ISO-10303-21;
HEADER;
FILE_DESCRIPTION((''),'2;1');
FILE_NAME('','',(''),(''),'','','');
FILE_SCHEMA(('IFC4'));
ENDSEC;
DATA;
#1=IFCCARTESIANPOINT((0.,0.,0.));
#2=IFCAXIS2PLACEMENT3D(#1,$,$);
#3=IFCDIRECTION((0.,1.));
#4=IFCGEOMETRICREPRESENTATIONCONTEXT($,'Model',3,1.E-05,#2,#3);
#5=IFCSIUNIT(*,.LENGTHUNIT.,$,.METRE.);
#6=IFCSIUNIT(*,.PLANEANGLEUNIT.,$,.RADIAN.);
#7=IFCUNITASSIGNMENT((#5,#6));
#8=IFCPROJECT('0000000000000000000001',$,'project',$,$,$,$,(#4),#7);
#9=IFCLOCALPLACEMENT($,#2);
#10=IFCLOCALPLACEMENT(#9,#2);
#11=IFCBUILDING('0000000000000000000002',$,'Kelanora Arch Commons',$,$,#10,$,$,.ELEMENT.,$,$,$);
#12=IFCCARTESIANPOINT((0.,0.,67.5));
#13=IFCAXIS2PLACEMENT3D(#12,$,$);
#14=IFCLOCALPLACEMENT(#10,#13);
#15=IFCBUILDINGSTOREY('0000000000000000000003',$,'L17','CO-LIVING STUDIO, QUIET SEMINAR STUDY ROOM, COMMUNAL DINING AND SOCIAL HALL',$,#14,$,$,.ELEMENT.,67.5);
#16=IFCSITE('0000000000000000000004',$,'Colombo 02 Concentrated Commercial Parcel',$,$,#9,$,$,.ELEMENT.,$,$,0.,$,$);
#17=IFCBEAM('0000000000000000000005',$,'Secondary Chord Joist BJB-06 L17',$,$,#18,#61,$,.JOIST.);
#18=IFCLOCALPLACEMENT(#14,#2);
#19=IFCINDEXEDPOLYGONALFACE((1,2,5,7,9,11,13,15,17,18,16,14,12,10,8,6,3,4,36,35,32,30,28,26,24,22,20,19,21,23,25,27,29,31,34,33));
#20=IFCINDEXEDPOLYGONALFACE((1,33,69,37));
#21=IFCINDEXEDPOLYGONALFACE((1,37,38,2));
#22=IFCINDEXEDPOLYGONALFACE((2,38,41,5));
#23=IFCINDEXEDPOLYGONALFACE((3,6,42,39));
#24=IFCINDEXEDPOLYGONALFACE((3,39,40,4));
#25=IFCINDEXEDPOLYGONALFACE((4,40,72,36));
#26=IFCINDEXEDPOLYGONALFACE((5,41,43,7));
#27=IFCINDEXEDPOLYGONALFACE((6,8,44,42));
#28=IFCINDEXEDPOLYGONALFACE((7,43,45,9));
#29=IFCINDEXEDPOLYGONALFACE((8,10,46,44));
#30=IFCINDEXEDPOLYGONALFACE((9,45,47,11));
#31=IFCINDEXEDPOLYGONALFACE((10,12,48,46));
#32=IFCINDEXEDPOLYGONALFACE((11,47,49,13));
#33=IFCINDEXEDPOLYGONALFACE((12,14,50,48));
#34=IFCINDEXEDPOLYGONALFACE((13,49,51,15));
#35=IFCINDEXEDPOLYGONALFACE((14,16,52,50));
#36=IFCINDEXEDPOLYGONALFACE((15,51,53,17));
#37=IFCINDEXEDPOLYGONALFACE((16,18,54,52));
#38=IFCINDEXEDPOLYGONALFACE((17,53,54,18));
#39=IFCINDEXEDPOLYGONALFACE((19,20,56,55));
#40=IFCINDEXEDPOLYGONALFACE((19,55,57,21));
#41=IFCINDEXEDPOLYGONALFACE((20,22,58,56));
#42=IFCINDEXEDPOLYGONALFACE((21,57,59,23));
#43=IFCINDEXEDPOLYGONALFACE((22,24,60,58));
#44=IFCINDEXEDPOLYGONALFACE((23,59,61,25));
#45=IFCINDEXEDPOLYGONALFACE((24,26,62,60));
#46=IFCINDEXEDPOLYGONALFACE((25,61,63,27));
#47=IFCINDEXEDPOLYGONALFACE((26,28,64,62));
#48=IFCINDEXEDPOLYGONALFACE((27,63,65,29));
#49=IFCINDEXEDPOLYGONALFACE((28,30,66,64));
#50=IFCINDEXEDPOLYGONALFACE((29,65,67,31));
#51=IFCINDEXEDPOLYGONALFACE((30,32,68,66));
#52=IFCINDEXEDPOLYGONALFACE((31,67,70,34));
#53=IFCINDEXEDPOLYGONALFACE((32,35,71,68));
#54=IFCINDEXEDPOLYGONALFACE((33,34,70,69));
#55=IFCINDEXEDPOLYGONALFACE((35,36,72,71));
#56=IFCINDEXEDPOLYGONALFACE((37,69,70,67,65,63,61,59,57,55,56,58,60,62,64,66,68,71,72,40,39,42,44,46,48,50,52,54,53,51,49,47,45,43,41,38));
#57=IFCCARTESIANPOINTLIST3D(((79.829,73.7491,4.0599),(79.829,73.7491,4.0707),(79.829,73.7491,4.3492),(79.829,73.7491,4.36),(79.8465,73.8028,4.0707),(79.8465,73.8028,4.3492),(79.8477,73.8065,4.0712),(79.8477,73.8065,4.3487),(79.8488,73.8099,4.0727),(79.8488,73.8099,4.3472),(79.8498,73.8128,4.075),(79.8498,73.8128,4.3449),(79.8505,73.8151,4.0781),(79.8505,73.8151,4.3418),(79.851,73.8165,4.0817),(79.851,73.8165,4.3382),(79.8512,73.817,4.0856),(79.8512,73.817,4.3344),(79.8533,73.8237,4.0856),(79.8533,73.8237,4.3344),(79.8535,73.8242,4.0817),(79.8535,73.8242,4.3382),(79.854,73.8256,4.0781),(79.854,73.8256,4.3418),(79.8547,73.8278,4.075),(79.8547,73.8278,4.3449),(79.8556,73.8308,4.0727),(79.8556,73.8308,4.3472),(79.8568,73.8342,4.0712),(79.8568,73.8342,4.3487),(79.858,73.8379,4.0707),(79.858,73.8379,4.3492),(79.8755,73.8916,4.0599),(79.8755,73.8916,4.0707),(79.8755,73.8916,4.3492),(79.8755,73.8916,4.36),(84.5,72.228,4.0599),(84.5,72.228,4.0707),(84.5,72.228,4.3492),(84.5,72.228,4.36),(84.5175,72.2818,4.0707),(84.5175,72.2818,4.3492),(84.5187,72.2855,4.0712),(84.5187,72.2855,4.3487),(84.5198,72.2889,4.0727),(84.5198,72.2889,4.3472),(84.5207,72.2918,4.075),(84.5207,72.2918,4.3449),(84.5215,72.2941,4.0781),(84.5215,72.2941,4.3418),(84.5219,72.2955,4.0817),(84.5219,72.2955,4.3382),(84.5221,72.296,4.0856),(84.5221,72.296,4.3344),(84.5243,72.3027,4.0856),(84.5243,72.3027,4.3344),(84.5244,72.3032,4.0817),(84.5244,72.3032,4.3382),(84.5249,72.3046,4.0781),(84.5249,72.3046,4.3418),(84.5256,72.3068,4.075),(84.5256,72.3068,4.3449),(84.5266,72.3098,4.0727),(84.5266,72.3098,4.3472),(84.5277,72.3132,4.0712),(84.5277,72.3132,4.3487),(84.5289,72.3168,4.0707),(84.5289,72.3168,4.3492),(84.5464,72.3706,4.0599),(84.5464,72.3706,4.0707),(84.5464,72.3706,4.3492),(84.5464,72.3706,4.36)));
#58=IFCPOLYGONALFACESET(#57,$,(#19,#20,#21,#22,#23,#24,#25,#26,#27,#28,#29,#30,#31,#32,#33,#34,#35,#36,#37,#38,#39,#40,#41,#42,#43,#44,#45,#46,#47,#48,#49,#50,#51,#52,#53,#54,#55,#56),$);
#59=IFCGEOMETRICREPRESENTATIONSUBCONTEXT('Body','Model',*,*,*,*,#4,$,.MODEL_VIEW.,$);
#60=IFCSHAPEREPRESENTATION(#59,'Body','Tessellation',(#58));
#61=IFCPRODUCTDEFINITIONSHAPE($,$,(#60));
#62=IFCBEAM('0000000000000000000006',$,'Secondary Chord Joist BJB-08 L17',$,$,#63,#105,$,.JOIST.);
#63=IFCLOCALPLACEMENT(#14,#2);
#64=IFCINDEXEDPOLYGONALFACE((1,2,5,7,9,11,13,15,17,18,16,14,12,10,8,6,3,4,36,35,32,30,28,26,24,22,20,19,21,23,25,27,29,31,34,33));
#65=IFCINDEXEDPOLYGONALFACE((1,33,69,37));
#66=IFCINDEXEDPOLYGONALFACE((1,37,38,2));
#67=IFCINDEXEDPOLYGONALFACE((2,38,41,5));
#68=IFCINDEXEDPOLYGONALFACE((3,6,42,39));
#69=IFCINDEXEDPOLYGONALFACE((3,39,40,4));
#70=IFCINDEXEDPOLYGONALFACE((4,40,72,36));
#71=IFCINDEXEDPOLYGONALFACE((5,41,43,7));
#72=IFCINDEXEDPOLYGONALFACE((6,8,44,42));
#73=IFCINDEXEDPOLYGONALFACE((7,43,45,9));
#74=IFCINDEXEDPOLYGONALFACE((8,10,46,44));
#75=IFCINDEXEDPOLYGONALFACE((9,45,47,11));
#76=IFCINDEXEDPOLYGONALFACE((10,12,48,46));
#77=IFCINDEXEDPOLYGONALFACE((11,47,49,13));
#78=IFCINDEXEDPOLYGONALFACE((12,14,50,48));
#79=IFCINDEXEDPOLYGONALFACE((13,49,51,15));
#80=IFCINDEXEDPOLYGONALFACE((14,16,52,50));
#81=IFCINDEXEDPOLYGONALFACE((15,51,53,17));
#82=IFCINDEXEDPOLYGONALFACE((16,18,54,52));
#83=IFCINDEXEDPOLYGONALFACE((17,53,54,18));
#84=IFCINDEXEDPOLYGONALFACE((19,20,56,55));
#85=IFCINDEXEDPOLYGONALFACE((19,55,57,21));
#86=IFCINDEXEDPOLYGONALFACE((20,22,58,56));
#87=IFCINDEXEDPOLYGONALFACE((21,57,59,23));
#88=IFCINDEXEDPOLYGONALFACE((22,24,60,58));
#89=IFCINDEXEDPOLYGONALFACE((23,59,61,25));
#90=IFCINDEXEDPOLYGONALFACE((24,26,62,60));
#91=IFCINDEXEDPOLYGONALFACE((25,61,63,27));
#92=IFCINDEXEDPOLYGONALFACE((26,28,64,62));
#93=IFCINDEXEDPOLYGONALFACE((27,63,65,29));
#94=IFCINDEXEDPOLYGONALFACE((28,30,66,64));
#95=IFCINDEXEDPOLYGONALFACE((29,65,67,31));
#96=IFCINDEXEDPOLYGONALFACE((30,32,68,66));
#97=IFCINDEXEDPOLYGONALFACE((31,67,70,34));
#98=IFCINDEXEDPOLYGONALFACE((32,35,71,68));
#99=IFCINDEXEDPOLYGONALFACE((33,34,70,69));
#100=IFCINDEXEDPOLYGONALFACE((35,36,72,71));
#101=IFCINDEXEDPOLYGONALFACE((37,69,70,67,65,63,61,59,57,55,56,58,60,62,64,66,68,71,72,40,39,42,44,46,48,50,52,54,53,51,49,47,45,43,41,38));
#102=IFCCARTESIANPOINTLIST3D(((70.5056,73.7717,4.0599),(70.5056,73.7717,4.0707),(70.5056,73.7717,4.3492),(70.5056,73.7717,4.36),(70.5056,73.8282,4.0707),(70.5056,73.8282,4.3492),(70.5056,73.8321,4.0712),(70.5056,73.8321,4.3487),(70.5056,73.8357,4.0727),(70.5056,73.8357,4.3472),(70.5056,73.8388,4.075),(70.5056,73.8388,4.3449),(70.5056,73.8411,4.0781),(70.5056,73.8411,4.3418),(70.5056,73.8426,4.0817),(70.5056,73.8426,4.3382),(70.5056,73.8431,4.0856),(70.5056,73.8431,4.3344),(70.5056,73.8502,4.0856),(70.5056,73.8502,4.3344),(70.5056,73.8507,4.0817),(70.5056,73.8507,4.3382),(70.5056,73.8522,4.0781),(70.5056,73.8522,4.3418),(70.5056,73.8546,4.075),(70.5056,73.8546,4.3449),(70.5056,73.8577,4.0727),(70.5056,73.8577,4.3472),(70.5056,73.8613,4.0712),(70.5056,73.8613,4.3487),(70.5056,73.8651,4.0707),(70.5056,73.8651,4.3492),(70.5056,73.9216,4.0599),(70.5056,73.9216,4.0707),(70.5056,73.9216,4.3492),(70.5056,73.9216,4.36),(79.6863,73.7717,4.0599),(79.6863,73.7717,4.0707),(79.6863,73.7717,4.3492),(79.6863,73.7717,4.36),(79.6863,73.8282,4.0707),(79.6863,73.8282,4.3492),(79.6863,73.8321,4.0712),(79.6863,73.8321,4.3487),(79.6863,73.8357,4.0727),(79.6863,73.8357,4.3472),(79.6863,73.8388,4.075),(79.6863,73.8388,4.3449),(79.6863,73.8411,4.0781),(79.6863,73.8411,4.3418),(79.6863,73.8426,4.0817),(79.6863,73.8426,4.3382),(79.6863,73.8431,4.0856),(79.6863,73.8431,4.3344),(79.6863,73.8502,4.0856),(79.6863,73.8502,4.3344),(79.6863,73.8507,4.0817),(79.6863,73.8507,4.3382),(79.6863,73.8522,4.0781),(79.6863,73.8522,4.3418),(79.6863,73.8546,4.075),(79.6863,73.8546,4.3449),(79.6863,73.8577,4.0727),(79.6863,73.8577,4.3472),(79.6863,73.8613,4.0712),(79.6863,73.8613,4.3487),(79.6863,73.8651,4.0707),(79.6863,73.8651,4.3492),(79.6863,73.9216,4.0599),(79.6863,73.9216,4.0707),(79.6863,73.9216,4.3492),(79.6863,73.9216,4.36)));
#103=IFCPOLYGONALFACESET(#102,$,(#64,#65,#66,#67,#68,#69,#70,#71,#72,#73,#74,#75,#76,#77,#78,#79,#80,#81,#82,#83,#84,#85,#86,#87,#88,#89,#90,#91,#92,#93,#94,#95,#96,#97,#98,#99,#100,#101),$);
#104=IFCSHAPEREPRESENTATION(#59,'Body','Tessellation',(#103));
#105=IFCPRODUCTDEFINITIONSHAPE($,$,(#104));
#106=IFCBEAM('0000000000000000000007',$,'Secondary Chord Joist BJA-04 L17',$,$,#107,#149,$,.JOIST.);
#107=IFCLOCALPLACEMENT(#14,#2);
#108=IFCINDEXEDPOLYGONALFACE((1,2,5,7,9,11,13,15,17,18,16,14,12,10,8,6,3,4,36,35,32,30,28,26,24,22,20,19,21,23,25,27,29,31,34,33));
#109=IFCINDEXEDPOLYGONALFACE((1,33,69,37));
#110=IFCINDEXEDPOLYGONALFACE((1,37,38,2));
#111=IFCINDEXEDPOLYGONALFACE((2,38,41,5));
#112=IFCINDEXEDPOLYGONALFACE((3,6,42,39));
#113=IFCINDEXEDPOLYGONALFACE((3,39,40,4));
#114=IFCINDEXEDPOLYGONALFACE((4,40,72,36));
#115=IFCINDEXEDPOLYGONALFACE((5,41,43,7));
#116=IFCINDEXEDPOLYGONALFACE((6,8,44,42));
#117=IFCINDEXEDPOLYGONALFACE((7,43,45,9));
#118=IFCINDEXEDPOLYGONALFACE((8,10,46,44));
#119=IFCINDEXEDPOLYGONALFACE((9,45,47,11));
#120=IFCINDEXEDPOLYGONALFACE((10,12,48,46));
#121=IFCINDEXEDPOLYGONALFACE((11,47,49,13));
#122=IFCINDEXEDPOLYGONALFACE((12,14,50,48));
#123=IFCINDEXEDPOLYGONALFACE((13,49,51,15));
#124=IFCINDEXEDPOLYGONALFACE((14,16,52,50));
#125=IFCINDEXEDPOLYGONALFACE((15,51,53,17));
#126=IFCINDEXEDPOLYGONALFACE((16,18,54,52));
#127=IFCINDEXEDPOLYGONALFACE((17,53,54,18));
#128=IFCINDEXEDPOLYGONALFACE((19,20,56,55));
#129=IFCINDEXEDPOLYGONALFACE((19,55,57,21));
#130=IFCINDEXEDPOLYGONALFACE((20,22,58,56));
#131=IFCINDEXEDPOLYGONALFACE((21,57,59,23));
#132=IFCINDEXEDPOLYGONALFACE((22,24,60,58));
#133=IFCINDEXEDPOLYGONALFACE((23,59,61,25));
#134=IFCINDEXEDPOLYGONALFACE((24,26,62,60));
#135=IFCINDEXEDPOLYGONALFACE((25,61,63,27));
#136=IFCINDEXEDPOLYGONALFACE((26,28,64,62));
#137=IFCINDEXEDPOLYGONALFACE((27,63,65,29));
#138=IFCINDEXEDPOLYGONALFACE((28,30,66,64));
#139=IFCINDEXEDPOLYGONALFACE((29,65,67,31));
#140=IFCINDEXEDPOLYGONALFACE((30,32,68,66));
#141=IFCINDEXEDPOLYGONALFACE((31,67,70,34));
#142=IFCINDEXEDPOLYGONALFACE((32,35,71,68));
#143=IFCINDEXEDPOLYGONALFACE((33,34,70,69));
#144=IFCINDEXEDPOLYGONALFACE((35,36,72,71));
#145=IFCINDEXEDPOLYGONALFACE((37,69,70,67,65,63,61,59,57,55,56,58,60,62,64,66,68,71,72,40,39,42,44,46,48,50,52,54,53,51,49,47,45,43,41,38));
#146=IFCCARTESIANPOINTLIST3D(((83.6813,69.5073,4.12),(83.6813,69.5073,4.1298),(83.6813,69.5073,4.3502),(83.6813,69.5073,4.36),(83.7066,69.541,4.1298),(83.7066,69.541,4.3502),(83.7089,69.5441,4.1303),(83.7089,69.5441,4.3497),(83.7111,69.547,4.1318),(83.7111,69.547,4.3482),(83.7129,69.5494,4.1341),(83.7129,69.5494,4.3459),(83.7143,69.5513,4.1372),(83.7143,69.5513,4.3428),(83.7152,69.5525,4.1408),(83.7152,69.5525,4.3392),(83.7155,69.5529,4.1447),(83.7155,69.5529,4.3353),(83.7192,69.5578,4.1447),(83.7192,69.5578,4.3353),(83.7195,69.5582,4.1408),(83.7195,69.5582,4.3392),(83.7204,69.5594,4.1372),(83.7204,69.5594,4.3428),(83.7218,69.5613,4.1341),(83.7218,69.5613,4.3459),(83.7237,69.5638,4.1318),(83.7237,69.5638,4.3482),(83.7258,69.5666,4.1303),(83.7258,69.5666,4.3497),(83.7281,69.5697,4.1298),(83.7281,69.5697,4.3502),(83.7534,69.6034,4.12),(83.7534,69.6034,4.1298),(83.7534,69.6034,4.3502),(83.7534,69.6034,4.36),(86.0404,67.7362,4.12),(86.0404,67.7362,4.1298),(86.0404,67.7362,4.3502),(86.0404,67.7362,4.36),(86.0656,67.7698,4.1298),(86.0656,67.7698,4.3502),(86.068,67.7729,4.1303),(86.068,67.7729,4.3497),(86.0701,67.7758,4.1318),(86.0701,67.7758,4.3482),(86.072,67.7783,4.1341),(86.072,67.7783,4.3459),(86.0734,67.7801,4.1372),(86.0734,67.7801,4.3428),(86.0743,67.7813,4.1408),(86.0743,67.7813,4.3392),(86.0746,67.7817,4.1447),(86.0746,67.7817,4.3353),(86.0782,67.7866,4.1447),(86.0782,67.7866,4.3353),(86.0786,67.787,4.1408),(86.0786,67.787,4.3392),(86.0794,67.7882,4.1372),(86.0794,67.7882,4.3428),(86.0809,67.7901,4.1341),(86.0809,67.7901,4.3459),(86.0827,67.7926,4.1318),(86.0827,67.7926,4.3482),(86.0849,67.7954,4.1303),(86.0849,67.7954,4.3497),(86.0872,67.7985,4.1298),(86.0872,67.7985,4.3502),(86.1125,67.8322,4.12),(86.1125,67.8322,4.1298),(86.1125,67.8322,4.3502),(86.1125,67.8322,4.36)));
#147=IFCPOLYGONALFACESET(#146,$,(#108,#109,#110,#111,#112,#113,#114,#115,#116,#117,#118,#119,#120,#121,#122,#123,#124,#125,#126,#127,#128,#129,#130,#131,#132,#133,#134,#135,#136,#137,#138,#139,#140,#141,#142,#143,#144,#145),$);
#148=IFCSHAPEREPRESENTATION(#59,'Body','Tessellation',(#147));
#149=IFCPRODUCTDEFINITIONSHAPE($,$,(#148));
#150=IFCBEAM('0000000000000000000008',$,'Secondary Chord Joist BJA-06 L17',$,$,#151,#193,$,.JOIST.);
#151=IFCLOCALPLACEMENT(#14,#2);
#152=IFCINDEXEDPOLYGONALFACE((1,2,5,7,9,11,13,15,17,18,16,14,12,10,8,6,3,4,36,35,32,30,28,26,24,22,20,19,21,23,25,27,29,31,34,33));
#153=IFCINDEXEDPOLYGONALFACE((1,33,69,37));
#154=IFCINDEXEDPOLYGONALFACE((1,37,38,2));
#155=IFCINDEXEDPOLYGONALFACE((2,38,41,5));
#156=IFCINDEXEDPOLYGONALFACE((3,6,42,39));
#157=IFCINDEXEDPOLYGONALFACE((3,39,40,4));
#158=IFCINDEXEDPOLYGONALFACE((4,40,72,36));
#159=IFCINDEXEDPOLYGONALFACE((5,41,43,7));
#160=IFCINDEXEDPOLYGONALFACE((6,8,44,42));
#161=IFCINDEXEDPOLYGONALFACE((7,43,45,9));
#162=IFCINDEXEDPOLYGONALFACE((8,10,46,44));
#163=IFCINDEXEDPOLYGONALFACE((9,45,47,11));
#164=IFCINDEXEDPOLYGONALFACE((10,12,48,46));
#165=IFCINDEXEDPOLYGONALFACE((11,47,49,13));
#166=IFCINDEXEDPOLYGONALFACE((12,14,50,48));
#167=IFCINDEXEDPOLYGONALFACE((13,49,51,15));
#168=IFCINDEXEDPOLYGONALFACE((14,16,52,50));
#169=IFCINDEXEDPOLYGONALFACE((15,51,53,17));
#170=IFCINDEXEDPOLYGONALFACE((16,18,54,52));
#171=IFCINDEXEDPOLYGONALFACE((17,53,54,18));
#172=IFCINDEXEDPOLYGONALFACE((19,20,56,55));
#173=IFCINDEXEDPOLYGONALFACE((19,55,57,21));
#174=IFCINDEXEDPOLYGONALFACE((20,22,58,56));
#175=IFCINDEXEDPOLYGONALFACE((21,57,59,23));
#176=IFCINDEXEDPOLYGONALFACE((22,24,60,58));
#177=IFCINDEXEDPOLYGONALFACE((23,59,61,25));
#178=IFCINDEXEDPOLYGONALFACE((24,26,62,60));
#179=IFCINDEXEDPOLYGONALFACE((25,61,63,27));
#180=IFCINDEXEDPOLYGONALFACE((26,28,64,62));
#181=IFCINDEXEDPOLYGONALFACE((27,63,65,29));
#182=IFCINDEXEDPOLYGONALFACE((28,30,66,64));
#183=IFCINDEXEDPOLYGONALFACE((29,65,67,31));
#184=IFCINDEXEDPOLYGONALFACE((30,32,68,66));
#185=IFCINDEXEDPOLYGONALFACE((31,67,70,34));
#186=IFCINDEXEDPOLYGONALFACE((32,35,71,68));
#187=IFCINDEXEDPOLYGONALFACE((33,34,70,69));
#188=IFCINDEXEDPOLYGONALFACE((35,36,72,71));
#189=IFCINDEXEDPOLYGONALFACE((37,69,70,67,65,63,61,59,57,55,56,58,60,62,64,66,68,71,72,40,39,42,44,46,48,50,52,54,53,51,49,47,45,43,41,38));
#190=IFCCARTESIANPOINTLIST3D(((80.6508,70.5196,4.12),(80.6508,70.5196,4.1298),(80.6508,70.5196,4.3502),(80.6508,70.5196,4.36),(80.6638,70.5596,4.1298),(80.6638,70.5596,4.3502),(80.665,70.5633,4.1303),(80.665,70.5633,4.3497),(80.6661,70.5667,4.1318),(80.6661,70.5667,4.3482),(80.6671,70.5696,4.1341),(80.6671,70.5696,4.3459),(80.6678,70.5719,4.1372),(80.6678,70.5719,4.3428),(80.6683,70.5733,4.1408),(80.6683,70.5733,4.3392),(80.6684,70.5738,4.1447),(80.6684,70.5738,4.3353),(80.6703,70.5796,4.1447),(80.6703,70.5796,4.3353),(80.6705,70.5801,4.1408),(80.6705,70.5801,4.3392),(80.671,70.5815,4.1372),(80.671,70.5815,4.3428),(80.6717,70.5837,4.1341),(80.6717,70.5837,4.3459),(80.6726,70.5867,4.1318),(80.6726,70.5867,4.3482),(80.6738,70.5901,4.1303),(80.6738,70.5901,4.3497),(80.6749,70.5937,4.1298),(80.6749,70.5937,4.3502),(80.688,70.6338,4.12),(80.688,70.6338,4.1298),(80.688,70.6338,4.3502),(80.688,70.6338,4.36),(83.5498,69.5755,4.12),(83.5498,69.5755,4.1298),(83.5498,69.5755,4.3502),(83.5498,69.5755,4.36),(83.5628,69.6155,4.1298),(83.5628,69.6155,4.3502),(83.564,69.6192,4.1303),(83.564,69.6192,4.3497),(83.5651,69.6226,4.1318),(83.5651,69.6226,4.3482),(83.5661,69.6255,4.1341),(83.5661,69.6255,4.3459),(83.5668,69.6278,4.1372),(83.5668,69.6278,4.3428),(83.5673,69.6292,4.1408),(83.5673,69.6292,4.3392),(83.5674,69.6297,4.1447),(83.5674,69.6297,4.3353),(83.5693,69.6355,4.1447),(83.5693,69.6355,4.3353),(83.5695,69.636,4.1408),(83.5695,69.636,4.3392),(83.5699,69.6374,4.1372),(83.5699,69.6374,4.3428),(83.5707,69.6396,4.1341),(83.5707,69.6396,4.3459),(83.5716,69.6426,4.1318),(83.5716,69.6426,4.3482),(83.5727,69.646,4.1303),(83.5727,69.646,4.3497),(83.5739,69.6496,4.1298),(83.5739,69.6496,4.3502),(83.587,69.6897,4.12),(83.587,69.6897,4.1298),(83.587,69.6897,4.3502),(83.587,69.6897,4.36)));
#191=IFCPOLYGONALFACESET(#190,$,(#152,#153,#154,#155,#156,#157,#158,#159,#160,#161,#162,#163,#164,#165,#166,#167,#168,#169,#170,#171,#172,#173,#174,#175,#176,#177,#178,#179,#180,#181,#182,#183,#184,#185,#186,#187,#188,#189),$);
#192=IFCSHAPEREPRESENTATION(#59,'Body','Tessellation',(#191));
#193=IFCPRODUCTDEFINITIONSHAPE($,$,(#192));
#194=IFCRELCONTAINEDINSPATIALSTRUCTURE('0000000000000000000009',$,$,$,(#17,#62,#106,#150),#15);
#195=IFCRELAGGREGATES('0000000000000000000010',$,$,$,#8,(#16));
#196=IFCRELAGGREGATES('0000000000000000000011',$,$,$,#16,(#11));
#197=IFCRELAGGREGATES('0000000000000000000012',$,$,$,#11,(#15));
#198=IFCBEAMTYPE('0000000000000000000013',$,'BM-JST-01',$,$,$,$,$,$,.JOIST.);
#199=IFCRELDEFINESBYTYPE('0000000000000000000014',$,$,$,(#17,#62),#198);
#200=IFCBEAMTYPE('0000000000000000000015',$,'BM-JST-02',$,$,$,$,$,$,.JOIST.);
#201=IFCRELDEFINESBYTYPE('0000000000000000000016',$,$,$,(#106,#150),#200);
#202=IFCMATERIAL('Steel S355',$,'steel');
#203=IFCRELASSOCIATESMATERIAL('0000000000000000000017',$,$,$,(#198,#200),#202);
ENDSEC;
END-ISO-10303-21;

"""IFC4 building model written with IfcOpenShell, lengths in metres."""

from ifc_helpers import new_model, si_unit, direction, frame, origin, origin_2d, place, context, subcontext, project, spatial, i_section, extrude, material, material_profile, profile_set, type_object, element, save


model = new_model("IFC4")

# Units and contexts
model_context = context("Model", 3, precision=1e-05, world=origin(), true_north=direction((0.0, 1.0)))
body_context = subcontext(model_context, "Body", "Model", "MODEL_VIEW")
ifc_project = project(units=[si_unit("LENGTHUNIT", "METRE"), si_unit("PLANEANGLEUNIT", "RADIAN")], contexts=[model_context])

# Site, building, storey
site_placement = place(None, origin())
site = spatial("IfcSite", under=ifc_project, at=site_placement, Name="Colombo 02 Concentrated Commercial Parcel", CompositionType="ELEMENT", RefElevation=0.0)
building_placement = place(site_placement, origin())
building = spatial("IfcBuilding", under=site, at=building_placement, Name="Kelanora Arch Commons", CompositionType="ELEMENT")
storey_placement = place(building_placement, frame((0.0, 0.0, 67.5)))
storey = spatial("IfcBuildingStorey", under=building, at=storey_placement, Name="L17", Description="CO-LIVING STUDIO, QUIET SEMINAR STUDY ROOM, COMMUNAL DINING AND SOCIAL HALL", CompositionType="ELEMENT", Elevation=67.5)

# Beams
ifc_material_1 = material(Name="Steel S355", Category="steel")
ifc_material_profile_1 = material_profile(ifc_material_1, i_section(OverallWidth=0.1499, OverallDepth=0.3, WebThickness=0.0071, FlangeThickness=0.0107, FilletRadius=0.0149, at=origin_2d()), Name="IPE300")
ifc_profile_set_1 = profile_set([ifc_material_profile_1], Name="Steel S355")
beam_type_1 = type_object("IfcBeamType", Name="BM-JST-01", PredefinedType="JOIST", material=ifc_profile_set_1)
beam_1_placement = place(storey_placement, frame((84.5232, 72.2993, 4.21), z_axis=(-0.950857, 0.30963, 0.0), x_axis=(-0.30963, -0.950857, 0.0)))
element("IfcBeam", 1, at=beam_1_placement, inside=storey, type_object=beam_type_1, Name="Secondary Chord Joist BJB-06 L17", PredefinedType="JOIST", context=body_context, shape_type="SweptSolid", body=[
    extrude(i_section(OverallWidth=0.1499, OverallDepth=0.3, WebThickness=0.0071, FlangeThickness=0.0107, FilletRadius=0.0149, at=origin_2d()), origin(), (0.0, 0.0, 1.0), 4.9124),
])
beam_2_placement = place(storey_placement, frame((79.6863, 73.8467, 4.21), z_axis=(-1.0, 0.0, 0.0), x_axis=(0.0, -1.0, 0.0)))
element("IfcBeam", 2, at=beam_2_placement, inside=storey, type_object=beam_type_1, Name="Secondary Chord Joist BJB-08 L17", PredefinedType="JOIST", context=body_context, shape_type="SweptSolid", body=[
    extrude(i_section(OverallWidth=0.1499, OverallDepth=0.3, WebThickness=0.0071, FlangeThickness=0.0107, FilletRadius=0.0149, at=origin_2d()), origin(), (0.0, 0.0, 1.0), 9.1807),
])
ifc_material_profile_2 = material_profile(ifc_material_1, i_section(OverallWidth=0.1201, OverallDepth=0.24, WebThickness=0.0061, FlangeThickness=0.0098, FilletRadius=0.0149, at=origin_2d()), Name="IPE240")
ifc_profile_set_2 = profile_set([ifc_material_profile_2], Name="Steel S355")
beam_type_2 = type_object("IfcBeamType", Name="BM-JST-02", PredefinedType="JOIST", material=ifc_profile_set_2)
beam_3_placement = place(storey_placement, frame((86.0764, 67.7842, 4.24), z_axis=(-0.799692, 0.60041, 0.0), x_axis=(-0.60041, -0.799692, 0.0)))
element("IfcBeam", 3, at=beam_3_placement, inside=storey, type_object=beam_type_2, Name="Secondary Chord Joist BJA-04 L17", PredefinedType="JOIST", context=body_context, shape_type="SweptSolid", body=[
    extrude(i_section(OverallWidth=0.1201, OverallDepth=0.24, WebThickness=0.0061, FlangeThickness=0.0098, FilletRadius=0.0149, at=origin_2d()), origin(), (0.0, 0.0, 1.0), 2.95),
])
beam_4_placement = place(storey_placement, frame((83.5684, 69.6326, 4.24), z_axis=(-0.950847, 0.309662, 0.0), x_axis=(-0.309662, -0.950847, 0.0)))
element("IfcBeam", 4, at=beam_4_placement, inside=storey, type_object=beam_type_2, Name="Secondary Chord Joist BJA-06 L17", PredefinedType="JOIST", context=body_context, shape_type="SweptSolid", body=[
    extrude(i_section(OverallWidth=0.1201, OverallDepth=0.24, WebThickness=0.0061, FlangeThickness=0.0098, FilletRadius=0.0149, at=origin_2d()), origin(), (0.0, 0.0, 1.0), 3.0488),
])

save(model, "model.ifc")
